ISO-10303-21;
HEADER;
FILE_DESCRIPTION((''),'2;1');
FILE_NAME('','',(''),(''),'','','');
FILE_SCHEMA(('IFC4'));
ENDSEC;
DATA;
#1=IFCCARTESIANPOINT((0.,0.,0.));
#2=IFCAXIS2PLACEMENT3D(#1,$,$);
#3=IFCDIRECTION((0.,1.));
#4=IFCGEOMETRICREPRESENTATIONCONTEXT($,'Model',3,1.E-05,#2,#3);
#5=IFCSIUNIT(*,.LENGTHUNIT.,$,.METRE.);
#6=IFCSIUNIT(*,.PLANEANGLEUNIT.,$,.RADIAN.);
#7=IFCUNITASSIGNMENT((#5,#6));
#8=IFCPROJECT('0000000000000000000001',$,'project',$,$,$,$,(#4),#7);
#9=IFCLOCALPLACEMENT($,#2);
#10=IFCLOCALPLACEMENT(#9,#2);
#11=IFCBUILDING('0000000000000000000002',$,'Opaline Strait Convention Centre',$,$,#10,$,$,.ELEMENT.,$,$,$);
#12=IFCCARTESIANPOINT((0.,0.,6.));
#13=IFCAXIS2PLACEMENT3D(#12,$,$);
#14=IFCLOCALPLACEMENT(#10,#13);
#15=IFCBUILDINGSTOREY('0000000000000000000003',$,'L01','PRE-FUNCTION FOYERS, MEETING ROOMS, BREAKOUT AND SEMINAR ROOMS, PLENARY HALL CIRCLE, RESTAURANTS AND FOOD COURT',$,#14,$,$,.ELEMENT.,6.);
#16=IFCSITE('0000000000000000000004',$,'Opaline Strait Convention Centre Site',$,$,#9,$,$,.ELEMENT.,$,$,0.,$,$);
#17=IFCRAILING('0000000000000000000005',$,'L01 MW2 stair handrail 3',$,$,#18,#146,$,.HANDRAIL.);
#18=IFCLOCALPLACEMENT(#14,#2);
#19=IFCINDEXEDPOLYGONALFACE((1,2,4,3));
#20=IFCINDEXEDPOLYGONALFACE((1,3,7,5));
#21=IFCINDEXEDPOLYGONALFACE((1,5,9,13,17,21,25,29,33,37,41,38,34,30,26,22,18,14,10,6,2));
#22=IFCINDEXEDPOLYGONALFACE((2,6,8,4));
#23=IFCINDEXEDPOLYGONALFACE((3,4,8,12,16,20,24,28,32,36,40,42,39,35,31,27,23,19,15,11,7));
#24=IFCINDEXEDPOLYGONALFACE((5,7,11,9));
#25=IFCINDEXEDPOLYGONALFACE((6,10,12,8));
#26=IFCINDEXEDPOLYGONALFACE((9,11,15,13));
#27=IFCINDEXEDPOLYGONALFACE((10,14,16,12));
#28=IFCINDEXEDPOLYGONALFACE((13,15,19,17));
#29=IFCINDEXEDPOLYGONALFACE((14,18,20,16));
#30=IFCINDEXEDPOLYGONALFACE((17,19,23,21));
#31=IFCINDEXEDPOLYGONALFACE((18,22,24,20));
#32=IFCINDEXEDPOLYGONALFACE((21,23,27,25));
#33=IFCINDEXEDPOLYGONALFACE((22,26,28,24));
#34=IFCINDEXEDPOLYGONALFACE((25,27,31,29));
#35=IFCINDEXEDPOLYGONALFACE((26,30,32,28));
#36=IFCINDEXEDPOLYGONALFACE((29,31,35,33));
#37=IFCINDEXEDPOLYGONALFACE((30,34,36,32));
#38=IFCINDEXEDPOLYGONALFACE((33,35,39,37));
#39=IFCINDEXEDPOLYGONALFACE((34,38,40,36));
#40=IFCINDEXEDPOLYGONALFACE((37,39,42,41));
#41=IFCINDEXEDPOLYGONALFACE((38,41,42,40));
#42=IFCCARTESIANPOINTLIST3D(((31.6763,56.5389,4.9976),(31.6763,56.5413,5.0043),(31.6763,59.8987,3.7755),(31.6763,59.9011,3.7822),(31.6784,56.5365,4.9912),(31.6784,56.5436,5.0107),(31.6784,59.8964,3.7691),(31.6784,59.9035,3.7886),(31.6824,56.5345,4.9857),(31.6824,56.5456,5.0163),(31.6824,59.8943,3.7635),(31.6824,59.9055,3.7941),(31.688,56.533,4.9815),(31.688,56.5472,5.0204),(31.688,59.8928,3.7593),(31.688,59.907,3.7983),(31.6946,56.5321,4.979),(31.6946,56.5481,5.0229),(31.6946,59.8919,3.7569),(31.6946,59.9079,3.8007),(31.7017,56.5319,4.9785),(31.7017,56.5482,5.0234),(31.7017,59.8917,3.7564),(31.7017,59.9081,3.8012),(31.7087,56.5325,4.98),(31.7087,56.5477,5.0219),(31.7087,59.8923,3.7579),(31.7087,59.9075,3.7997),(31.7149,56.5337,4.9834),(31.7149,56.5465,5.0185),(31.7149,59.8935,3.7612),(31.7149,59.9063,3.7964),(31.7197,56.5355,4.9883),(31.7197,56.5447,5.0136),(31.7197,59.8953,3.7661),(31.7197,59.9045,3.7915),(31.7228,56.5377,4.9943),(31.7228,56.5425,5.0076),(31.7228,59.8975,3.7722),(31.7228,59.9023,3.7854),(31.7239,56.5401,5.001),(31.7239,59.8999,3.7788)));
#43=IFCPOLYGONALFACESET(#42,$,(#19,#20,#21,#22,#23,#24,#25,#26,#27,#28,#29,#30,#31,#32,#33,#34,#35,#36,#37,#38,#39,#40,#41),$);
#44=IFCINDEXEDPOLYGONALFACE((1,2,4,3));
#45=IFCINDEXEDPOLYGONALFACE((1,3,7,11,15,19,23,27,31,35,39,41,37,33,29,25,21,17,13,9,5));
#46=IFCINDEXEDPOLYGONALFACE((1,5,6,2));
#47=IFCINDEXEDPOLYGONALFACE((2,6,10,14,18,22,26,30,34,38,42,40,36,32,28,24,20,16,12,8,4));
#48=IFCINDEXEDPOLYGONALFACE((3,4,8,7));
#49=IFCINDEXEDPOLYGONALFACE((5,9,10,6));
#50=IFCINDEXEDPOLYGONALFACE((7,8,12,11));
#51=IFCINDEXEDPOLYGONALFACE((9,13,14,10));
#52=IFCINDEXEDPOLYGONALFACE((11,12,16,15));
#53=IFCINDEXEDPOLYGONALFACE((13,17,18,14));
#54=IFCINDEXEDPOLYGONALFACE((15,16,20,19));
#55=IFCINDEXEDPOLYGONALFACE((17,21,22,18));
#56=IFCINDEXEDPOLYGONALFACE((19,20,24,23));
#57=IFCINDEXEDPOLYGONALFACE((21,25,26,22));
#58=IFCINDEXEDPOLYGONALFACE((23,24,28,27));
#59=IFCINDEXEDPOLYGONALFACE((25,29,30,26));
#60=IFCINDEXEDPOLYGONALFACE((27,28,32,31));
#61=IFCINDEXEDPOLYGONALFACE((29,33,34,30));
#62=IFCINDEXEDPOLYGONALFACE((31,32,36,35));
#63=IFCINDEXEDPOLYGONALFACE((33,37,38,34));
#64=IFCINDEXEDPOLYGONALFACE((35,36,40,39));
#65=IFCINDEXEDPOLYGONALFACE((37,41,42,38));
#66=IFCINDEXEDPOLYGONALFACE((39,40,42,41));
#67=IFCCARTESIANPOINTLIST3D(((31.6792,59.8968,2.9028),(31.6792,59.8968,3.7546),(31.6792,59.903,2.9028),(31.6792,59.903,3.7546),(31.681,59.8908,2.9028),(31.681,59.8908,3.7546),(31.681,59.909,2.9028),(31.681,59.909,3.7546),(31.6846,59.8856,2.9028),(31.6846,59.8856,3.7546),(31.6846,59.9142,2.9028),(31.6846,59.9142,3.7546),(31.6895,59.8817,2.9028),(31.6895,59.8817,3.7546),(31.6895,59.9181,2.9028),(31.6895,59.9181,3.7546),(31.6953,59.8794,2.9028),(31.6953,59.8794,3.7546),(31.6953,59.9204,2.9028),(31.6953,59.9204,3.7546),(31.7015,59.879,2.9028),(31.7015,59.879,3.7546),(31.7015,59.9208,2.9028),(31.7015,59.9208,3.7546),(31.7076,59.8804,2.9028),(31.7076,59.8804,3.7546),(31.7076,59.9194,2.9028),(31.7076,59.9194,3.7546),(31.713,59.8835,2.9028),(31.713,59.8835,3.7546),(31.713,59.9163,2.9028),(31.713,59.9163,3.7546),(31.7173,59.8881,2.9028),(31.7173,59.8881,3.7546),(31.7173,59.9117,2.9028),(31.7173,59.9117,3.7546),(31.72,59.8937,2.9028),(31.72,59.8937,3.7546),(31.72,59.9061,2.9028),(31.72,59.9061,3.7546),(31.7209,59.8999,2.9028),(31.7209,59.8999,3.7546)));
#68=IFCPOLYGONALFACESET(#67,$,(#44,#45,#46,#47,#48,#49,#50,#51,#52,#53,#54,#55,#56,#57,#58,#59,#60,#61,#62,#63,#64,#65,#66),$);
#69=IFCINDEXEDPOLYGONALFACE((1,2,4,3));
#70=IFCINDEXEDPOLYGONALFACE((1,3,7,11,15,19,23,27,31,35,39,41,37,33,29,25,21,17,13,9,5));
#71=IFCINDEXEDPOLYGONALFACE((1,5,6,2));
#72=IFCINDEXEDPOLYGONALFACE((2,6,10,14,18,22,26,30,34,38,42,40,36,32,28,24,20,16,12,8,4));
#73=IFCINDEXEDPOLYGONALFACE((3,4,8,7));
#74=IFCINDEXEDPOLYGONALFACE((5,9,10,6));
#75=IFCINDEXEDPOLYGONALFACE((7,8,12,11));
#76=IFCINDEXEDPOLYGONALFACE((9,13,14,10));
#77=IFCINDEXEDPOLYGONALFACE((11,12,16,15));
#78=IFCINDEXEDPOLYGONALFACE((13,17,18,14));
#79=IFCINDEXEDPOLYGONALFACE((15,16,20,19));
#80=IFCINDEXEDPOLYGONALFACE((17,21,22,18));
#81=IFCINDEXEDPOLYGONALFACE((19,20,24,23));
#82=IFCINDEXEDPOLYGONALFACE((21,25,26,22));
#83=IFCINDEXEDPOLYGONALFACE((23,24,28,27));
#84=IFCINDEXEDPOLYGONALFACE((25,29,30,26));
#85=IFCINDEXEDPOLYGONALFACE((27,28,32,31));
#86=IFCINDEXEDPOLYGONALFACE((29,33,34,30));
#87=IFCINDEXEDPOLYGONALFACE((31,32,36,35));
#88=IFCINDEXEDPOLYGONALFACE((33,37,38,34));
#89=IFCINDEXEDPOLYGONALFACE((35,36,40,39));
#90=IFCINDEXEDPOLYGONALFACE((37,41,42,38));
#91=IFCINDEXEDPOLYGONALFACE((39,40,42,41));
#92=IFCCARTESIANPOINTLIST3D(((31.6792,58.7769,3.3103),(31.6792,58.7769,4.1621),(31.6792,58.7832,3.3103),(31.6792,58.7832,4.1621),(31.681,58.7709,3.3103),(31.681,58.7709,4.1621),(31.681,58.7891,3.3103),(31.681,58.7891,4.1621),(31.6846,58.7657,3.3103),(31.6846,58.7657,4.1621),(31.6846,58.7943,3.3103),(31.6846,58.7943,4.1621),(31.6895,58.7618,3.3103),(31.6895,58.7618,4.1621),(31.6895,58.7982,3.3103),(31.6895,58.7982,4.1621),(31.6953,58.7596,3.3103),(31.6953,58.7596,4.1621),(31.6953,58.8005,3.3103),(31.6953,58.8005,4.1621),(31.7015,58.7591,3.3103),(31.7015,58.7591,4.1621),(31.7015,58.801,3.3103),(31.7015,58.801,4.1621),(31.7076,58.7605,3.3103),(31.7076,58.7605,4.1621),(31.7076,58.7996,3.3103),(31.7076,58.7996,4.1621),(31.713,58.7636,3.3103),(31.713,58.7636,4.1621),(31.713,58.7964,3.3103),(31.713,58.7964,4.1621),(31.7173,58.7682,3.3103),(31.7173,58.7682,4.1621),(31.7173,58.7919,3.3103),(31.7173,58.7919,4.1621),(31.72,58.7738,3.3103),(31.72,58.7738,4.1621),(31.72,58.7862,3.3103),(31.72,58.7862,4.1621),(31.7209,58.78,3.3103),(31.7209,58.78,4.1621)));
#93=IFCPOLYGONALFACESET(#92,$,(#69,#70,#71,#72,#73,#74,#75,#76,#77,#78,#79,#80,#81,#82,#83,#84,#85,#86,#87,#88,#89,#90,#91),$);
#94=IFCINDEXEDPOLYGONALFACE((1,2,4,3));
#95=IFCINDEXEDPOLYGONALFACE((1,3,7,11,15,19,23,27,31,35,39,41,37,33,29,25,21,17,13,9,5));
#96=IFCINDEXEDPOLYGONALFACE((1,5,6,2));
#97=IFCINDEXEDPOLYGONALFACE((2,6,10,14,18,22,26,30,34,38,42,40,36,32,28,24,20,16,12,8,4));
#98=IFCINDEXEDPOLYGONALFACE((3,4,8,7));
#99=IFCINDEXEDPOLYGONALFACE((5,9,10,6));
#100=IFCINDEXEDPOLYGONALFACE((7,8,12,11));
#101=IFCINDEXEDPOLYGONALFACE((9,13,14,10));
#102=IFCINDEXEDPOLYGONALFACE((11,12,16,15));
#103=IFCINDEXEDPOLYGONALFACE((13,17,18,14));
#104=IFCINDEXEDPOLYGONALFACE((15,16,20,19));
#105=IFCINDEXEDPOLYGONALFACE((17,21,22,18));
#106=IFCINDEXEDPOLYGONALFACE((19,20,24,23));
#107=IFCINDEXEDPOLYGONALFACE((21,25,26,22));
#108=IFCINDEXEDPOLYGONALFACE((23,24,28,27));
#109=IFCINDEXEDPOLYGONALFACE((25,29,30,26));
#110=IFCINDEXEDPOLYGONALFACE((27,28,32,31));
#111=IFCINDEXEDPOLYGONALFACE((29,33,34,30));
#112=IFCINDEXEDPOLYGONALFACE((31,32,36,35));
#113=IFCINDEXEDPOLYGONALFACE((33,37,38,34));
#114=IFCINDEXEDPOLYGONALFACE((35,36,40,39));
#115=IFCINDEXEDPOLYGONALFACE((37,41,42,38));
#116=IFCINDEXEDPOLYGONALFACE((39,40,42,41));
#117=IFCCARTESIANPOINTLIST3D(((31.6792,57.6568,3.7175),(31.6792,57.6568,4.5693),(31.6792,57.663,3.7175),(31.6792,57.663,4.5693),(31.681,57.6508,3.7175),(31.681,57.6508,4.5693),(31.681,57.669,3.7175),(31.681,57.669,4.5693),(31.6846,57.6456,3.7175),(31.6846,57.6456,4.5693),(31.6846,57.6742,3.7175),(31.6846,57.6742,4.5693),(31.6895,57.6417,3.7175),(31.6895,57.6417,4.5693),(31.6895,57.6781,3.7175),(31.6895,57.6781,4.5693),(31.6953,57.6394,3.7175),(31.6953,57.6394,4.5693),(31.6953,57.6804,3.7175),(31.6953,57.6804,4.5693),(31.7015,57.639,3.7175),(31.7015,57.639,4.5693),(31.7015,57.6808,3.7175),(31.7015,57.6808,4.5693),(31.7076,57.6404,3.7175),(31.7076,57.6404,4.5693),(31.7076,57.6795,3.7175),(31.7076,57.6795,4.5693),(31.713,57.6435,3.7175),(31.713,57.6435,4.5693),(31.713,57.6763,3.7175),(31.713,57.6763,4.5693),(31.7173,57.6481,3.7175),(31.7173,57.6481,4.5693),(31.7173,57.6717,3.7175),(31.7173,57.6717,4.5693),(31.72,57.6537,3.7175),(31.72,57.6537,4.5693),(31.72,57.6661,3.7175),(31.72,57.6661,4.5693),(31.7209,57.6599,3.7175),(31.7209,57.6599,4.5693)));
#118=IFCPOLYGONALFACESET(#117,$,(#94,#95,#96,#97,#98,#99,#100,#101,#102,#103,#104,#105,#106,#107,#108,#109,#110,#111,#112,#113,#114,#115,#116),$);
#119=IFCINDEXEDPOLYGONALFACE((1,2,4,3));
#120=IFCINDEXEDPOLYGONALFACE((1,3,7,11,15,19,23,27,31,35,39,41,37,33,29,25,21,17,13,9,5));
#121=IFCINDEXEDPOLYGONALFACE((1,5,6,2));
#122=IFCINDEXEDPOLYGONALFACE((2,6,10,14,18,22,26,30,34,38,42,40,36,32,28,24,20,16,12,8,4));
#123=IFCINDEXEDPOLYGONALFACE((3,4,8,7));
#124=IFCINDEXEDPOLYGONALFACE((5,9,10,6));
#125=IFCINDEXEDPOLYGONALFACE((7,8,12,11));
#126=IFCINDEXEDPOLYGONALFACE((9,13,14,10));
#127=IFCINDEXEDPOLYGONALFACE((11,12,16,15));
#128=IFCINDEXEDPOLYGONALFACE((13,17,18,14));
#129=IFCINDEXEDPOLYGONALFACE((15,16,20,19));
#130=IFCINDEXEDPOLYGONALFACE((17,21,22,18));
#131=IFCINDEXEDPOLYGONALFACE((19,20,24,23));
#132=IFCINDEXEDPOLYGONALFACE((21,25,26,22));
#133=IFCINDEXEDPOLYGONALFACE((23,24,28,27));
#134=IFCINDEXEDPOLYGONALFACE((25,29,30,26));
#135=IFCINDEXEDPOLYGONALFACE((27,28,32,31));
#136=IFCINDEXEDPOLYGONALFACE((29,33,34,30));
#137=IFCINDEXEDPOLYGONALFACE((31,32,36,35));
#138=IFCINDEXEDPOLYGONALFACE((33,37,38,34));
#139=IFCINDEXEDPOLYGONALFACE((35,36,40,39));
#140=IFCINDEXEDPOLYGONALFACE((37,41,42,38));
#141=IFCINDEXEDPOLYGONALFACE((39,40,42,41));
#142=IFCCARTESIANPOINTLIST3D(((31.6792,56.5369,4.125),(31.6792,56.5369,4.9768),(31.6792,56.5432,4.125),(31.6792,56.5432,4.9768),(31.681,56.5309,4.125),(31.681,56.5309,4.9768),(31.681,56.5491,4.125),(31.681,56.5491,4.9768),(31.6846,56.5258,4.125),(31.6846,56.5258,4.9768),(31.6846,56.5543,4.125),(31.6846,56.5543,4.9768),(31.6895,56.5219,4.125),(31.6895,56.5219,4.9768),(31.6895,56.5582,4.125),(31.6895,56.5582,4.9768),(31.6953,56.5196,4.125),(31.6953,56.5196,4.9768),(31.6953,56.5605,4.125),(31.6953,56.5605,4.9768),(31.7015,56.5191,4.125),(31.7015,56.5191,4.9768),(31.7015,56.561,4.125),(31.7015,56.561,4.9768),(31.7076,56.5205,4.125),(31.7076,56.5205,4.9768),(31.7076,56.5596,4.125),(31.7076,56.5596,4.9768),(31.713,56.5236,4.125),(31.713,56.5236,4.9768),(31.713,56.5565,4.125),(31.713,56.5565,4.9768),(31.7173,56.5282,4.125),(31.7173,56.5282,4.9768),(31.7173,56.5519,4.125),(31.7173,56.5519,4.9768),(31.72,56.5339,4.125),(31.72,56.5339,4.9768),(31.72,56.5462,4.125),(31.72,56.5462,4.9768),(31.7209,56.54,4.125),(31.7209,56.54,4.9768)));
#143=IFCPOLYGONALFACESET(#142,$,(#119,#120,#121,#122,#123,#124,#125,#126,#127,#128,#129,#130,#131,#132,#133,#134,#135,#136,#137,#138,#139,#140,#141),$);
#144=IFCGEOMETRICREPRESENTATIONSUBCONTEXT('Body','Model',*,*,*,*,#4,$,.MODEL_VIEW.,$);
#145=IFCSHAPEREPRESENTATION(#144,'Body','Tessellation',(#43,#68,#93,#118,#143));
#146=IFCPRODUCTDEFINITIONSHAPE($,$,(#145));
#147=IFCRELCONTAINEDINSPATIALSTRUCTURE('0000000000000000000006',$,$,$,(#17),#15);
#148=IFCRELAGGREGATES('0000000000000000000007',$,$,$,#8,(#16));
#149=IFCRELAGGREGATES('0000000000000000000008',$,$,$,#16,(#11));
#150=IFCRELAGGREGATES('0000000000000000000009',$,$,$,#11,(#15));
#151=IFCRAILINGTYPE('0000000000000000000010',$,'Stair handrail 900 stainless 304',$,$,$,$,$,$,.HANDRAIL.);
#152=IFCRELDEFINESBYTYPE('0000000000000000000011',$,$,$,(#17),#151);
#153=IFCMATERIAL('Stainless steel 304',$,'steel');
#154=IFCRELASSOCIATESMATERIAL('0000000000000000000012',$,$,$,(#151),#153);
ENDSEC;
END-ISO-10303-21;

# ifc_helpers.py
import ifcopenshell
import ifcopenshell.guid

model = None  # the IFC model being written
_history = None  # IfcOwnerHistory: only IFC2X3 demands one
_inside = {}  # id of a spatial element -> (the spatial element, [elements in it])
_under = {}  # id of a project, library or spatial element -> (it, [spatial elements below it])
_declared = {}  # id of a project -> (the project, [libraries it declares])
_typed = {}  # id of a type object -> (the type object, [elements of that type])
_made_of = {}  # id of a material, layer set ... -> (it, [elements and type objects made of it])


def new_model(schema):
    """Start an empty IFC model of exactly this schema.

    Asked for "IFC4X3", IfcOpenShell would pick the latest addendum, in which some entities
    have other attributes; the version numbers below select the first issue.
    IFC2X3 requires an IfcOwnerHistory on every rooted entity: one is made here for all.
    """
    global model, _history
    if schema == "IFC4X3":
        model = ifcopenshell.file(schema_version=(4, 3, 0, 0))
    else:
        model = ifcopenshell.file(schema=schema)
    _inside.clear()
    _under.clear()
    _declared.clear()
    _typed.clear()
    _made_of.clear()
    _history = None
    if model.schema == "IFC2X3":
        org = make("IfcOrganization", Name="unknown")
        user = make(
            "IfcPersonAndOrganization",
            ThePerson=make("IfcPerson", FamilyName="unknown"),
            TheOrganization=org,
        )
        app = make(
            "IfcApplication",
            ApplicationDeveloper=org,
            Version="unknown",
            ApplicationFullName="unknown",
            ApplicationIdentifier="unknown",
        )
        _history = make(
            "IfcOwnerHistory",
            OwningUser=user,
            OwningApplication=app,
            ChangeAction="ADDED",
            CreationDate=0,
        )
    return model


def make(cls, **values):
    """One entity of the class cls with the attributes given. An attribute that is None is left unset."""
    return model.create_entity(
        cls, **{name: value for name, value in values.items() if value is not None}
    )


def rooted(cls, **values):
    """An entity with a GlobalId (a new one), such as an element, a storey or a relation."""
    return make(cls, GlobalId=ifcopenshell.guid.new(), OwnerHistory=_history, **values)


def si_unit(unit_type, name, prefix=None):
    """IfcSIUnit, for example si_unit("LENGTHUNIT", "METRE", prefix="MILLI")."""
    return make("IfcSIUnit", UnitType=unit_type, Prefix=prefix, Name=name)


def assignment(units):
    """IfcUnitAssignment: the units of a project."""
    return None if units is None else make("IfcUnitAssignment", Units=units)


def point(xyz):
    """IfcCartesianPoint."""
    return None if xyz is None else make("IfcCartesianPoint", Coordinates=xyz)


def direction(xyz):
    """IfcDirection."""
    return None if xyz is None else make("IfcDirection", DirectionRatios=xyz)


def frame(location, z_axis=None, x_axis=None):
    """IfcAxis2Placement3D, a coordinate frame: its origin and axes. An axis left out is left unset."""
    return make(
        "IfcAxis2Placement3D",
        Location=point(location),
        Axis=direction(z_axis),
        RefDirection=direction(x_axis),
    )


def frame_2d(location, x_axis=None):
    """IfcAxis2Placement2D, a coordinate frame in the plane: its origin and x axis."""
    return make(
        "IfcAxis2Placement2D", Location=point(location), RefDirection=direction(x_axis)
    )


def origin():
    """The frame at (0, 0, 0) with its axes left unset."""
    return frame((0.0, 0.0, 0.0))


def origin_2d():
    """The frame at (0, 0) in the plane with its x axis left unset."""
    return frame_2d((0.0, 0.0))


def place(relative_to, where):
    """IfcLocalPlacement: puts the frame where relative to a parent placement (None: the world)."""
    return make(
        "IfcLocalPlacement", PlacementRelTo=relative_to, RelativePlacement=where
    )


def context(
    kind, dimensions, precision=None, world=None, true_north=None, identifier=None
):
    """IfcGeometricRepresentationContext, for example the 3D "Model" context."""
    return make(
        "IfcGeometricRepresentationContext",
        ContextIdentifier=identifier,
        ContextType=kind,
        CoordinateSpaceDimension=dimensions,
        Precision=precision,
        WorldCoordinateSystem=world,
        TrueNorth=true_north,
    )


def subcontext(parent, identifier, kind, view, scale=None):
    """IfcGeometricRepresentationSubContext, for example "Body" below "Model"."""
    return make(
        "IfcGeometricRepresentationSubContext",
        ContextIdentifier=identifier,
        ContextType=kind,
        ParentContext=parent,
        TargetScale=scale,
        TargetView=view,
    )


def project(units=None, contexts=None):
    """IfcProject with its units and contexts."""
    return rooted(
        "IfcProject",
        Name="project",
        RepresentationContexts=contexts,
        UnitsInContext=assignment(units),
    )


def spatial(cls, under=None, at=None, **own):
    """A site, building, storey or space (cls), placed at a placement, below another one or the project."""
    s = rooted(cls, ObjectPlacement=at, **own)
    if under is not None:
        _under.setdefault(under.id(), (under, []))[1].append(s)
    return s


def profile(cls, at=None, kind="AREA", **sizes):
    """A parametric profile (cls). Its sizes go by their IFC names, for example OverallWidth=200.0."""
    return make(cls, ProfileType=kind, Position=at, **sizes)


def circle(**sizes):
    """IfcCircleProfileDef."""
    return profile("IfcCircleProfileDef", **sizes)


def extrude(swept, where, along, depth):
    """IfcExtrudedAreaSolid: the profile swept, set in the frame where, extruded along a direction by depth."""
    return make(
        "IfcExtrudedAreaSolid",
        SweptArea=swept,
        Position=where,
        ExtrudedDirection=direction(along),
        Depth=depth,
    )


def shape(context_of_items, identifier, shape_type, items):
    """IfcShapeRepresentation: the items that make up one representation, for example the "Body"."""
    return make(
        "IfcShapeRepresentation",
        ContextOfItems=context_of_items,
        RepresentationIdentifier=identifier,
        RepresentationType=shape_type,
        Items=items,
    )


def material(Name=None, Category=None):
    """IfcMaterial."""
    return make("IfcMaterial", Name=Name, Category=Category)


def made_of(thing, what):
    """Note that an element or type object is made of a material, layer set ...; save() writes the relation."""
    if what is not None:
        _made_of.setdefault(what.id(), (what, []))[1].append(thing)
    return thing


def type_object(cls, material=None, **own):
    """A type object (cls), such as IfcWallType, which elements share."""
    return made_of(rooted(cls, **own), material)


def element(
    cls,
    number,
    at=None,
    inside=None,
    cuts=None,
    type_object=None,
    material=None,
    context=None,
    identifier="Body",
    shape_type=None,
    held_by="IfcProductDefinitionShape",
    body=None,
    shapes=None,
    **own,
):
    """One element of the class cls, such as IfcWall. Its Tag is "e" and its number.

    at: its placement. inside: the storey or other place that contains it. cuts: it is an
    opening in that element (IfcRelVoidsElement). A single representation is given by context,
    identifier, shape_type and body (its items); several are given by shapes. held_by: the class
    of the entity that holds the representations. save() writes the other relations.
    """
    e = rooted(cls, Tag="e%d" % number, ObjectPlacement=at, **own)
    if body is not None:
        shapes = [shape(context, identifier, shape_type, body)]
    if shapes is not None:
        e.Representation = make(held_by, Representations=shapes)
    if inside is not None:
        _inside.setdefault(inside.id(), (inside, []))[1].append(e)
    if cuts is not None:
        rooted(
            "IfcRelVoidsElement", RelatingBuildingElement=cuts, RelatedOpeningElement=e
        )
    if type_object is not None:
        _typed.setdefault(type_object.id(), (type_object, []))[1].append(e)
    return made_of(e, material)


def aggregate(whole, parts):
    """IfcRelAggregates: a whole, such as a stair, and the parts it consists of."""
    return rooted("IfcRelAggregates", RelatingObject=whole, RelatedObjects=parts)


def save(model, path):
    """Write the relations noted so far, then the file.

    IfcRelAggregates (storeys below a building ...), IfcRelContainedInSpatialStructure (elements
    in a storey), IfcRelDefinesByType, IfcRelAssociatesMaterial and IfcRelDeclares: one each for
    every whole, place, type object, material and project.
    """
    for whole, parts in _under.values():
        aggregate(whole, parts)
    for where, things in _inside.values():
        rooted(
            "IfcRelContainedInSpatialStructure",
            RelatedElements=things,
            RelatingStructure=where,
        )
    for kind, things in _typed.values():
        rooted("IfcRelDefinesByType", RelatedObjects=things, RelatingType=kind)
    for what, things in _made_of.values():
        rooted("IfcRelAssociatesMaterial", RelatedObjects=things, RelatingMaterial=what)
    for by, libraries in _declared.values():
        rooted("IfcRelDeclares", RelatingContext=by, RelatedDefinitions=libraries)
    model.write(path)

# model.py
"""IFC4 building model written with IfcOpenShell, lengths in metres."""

from ifc_helpers import new_model, si_unit, direction, frame, origin, origin_2d, place, context, subcontext, project, spatial, circle, extrude, material, type_object, element, save


model = new_model("IFC4")

# Units and contexts
model_context = context("Model", 3, precision=1e-05, world=origin(), true_north=direction((0.0, 1.0)))
body_context = subcontext(model_context, "Body", "Model", "MODEL_VIEW")
ifc_project = project(units=[si_unit("LENGTHUNIT", "METRE"), si_unit("PLANEANGLEUNIT", "RADIAN")], contexts=[model_context])

# Site, building, storey
site_placement = place(None, origin())
site = spatial("IfcSite", under=ifc_project, at=site_placement, Name="Opaline Strait Convention Centre Site", CompositionType="ELEMENT", RefElevation=0.0)
building_placement = place(site_placement, origin())
building = spatial("IfcBuilding", under=site, at=building_placement, Name="Opaline Strait Convention Centre", CompositionType="ELEMENT")
storey_placement = place(building_placement, frame((0.0, 0.0, 6.0)))
storey = spatial("IfcBuildingStorey", under=building, at=storey_placement, Name="L01", Description="PRE-FUNCTION FOYERS, MEETING ROOMS, BREAKOUT AND SEMINAR ROOMS, PLENARY HALL CIRCLE, RESTAURANTS AND FOOD COURT", CompositionType="ELEMENT", Elevation=6.0)

# Railing
ifc_material_1 = material(Name="Stainless steel 304", Category="steel")
railing_type_1 = type_object("IfcRailingType", Name="Stair handrail 900 stainless 304", PredefinedType="HANDRAIL", material=ifc_material_1)
for number, where, name in (
    (1, (31.7, 59.8999, 2.9028), "L01 MW2 stair handrail 3"),
):
    element("IfcRailing", number, at=place(storey_placement, frame(where)), inside=storey, type_object=railing_type_1, Name=name, PredefinedType="HANDRAIL", context=body_context, shape_type="SweptSolid", body=[
        extrude(circle(Radius=0.0239, at=origin_2d()), frame((0.0, 0.0, 0.876), z_axis=(0.0, -0.939758, 0.341842), x_axis=(1.0, 0.0, 0.0)), (0.0, 0.0, 1.0), 3.5752),
        extrude(circle(Radius=0.021, at=origin_2d()), origin(), (0.0, 0.0, 1.0), 0.8518),
        extrude(circle(Radius=0.021, at=origin_2d()), frame((0.0, -1.1199, 0.4075)), (0.0, 0.0, 1.0), 0.8518),
        extrude(circle(Radius=0.021, at=origin_2d()), frame((0.0, -2.24, 0.8147)), (0.0, 0.0, 1.0), 0.8518),
        extrude(circle(Radius=0.021, at=origin_2d()), frame((0.0, -3.3599, 1.2222)), (0.0, 0.0, 1.0), 0.8518),
    ])

save(model, "model.ifc")
